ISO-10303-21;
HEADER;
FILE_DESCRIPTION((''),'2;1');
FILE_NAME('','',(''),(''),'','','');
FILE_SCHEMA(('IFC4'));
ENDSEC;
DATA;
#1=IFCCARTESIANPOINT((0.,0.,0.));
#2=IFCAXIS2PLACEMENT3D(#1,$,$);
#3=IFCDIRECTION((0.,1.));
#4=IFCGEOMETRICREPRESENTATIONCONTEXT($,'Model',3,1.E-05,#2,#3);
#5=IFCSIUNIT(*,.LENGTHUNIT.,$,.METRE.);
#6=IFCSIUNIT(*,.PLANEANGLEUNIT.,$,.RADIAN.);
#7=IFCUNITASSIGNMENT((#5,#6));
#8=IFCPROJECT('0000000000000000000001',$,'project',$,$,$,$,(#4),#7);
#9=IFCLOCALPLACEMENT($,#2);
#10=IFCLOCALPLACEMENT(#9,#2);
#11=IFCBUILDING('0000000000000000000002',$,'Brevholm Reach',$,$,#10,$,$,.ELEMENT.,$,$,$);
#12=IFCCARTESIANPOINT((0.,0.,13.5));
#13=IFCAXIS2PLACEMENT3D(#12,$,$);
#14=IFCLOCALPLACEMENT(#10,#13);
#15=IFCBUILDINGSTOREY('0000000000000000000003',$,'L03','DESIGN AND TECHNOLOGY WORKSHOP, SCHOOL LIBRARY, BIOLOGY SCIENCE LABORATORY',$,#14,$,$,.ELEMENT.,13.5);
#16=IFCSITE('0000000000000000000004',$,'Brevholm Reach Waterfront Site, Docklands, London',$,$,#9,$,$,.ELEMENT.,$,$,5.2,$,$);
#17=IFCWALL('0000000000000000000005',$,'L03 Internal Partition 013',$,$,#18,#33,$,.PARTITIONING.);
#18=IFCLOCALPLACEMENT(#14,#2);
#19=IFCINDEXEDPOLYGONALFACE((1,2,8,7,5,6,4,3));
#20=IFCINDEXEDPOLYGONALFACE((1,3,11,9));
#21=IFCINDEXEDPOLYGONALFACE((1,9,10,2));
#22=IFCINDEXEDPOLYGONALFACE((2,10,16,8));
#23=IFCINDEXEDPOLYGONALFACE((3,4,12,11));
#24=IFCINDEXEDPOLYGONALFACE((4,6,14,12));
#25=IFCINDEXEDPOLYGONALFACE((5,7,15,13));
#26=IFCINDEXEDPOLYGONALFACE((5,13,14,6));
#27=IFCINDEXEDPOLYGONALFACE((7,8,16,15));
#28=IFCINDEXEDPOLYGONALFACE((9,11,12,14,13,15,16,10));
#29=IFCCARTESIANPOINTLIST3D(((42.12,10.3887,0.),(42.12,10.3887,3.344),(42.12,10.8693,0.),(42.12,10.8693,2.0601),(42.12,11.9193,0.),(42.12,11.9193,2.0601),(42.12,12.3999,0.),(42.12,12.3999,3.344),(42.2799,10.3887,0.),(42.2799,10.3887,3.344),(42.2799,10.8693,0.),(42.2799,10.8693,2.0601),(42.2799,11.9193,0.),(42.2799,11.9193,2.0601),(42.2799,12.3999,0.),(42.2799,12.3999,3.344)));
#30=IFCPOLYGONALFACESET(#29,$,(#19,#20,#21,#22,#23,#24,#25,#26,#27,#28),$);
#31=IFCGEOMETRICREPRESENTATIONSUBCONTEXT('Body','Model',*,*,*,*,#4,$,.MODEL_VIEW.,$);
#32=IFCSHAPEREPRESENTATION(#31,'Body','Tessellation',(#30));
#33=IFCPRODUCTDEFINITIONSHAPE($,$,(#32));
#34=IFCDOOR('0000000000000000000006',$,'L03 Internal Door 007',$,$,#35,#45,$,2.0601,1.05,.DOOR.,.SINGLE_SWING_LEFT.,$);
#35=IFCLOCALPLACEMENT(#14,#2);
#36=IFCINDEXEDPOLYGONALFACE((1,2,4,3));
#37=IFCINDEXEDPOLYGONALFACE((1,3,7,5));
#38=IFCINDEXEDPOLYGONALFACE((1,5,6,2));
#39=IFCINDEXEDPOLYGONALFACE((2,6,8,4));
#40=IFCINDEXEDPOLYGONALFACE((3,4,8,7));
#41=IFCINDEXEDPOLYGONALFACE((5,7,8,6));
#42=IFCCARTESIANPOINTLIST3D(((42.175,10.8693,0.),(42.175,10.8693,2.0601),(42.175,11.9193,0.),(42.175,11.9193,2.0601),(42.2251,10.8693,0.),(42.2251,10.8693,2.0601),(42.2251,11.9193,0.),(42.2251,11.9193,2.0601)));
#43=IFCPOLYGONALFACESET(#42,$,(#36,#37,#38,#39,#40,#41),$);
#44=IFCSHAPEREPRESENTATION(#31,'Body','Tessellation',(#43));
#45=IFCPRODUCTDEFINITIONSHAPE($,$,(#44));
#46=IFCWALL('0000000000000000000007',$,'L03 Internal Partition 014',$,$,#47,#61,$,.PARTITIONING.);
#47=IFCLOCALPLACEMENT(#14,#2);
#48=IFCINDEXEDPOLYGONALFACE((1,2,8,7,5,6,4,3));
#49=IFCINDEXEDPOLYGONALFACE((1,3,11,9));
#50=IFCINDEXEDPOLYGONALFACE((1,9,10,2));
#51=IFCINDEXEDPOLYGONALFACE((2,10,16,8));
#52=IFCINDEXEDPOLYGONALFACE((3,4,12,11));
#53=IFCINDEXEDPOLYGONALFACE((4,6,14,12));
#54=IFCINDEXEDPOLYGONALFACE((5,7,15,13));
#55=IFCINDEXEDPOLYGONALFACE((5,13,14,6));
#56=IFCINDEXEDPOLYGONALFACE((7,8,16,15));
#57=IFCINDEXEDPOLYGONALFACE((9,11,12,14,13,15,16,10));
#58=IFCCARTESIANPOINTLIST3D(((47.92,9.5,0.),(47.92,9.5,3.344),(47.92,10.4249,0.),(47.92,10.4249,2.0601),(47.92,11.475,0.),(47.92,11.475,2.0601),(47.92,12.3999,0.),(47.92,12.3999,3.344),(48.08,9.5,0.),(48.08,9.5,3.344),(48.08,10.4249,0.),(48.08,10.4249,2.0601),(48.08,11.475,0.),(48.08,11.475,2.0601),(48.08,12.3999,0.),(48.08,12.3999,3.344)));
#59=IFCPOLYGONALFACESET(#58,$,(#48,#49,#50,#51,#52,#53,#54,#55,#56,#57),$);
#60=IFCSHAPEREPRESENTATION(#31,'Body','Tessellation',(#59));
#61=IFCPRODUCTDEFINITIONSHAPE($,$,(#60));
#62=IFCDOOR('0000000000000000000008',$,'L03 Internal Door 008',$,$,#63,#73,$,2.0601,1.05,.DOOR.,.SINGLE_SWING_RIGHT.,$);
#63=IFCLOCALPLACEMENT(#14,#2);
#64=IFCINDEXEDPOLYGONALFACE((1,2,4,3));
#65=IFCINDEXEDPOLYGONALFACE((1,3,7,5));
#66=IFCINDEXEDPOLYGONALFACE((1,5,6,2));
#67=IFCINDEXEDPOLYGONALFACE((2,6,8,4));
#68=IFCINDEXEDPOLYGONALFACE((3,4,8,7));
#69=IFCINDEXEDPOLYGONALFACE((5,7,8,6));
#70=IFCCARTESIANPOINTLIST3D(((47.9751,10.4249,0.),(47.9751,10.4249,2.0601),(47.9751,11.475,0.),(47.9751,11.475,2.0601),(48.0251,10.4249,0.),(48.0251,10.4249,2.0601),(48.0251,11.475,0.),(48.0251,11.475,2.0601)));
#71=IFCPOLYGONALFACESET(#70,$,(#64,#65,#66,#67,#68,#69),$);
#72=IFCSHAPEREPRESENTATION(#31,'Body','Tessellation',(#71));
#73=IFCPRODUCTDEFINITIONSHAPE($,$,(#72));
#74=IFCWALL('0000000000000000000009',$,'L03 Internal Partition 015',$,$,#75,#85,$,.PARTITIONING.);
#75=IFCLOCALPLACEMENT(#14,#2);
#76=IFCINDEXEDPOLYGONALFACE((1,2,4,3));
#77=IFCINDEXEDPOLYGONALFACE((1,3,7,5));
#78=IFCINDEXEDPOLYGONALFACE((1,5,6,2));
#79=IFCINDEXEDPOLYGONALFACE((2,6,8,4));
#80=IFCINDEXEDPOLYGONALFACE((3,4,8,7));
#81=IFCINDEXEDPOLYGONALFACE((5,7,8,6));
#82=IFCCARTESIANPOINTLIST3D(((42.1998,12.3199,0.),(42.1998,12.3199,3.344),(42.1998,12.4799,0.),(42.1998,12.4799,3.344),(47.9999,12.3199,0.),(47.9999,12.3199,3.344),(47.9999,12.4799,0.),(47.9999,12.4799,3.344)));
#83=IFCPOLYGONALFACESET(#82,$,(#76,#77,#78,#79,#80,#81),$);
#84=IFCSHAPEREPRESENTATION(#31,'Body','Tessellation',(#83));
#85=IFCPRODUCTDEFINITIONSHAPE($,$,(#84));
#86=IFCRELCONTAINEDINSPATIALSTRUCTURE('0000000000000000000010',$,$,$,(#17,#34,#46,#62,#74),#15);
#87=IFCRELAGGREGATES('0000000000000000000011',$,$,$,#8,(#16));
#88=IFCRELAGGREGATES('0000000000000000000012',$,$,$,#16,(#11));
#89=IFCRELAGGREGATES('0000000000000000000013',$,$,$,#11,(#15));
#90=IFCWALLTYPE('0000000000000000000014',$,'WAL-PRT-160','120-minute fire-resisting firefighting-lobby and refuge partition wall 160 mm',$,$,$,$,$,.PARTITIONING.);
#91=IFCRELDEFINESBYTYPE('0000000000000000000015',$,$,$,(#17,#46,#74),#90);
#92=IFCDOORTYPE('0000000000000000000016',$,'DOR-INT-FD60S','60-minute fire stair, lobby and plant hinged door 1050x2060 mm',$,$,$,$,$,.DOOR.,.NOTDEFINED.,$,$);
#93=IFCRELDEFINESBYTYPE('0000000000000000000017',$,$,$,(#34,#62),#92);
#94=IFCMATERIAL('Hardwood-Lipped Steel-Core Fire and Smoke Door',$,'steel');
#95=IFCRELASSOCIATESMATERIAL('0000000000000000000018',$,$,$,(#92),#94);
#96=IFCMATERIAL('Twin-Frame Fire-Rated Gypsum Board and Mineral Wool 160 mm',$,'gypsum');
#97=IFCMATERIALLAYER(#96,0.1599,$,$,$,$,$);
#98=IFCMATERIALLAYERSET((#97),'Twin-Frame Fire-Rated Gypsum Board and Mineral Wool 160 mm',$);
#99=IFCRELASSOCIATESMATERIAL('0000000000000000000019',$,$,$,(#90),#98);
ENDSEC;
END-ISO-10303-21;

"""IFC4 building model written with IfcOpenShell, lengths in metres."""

from ifc_helpers import new_model, si_unit, direction, frame, frame_2d, origin, place, context, subcontext, project, spatial, rectangle, extrude, material, layer, layer_set, type_object, element, fill, save


model = new_model("IFC4")

# Units and contexts
model_context = context("Model", 3, precision=1e-05, world=origin(), true_north=direction((0.0, 1.0)))
body_context = subcontext(model_context, "Body", "Model", "MODEL_VIEW")
ifc_project = project(units=[si_unit("LENGTHUNIT", "METRE"), si_unit("PLANEANGLEUNIT", "RADIAN")], contexts=[model_context])

# Site, building, storey
site_placement = place(None, origin())
site = spatial("IfcSite", under=ifc_project, at=site_placement, Name="Brevholm Reach Waterfront Site, Docklands, London", CompositionType="ELEMENT", RefElevation=5.2)
building_placement = place(site_placement, origin())
building = spatial("IfcBuilding", under=site, at=building_placement, Name="Brevholm Reach", CompositionType="ELEMENT")
storey_placement = place(building_placement, frame((0.0, 0.0, 13.5)))
storey = spatial("IfcBuildingStorey", under=building, at=storey_placement, Name="L03", Description="DESIGN AND TECHNOLOGY WORKSHOP, SCHOOL LIBRARY, BIOLOGY SCIENCE LABORATORY", CompositionType="ELEMENT", Elevation=13.5)

# Shared definitions
ifc_material_1 = material(Name="Hardwood-Lipped Steel-Core Fire and Smoke Door", Category="steel")
door_type_1 = type_object("IfcDoorType", Name="DOR-INT-FD60S", Description="60-minute fire stair, lobby and plant hinged door 1050x2060 mm", OperationType="NOTDEFINED", PredefinedType="DOOR", material=ifc_material_1)

# Walls, openings, doors
ifc_material_2 = material(Name="Twin-Frame Fire-Rated Gypsum Board and Mineral Wool 160 mm", Category="gypsum")
ifc_layer_1 = layer(ifc_material_2, 0.1599)
ifc_layer_set_1 = layer_set([ifc_layer_1], Name="Twin-Frame Fire-Rated Gypsum Board and Mineral Wool 160 mm")
wall_type_1 = type_object("IfcWallType", Name="WAL-PRT-160", Description="120-minute fire-resisting firefighting-lobby and refuge partition wall 160 mm", PredefinedType="PARTITIONING", material=ifc_layer_set_1)
wall_1_placement = place(storey_placement, frame((42.2, 10.3887, 0.0), z_axis=(0.0, 0.0, 1.0), x_axis=(0.0, 1.0, 0.0)))
wall_1 = element("IfcWall", 1, at=wall_1_placement, inside=storey, type_object=wall_type_1, Name="L03 Internal Partition 013", PredefinedType="PARTITIONING", context=body_context, shape_type="SweptSolid", body=[
    extrude(rectangle(XDim=2.0112, YDim=0.1599, at=frame_2d((1.0056, 0.0))), origin(), (0.0, 0.0, 1.0), 3.344),
])
opening_1_placement = place(wall_1_placement, frame((0.4807, 0.0, 0.0)))
opening_1 = element("IfcOpeningElement", 2, at=opening_1_placement, cuts=wall_1, PredefinedType="OPENING", context=body_context, shape_type="SweptSolid", body=[
    extrude(rectangle(XDim=1.05, YDim=2.0601, at=frame_2d((0.5249, 1.03))), frame((0.0, 0.0898, 0.0), z_axis=(0.0, -1.0, 0.0), x_axis=(1.0, 0.0, 0.0)), (0.0, 0.0, 1.0), 0.1799),
])
door_1_placement = place(opening_1_placement, origin())
door_1 = element("IfcDoor", 3, at=door_1_placement, inside=storey, type_object=door_type_1, Name="L03 Internal Door 007", OperationType="SINGLE_SWING_LEFT", OverallHeight=2.0601, OverallWidth=1.05, PredefinedType="DOOR", context=body_context, shape_type="SweptSolid", body=[
    extrude(rectangle(XDim=1.05, YDim=2.0601, at=frame_2d((0.5249, 1.03))), frame((0.0, 0.0249, 0.0), z_axis=(0.0, -1.0, 0.0), x_axis=(1.0, 0.0, 0.0)), (0.0, 0.0, 1.0), 0.05),
])
fill(opening_1, door_1)
wall_2_placement = place(storey_placement, frame((48.0, 9.5, 0.0), z_axis=(0.0, 0.0, 1.0), x_axis=(0.0, 1.0, 0.0)))
wall_2 = element("IfcWall", 4, at=wall_2_placement, inside=storey, type_object=wall_type_1, Name="L03 Internal Partition 014", PredefinedType="PARTITIONING", context=body_context, shape_type="SweptSolid", body=[
    extrude(rectangle(XDim=2.8999, YDim=0.1599, at=frame_2d((1.45, 0.0))), origin(), (0.0, 0.0, 1.0), 3.344),
])
opening_2_placement = place(wall_2_placement, frame((0.925, 0.0, 0.0)))
opening_2 = element("IfcOpeningElement", 5, at=opening_2_placement, cuts=wall_2, PredefinedType="OPENING", context=body_context, shape_type="SweptSolid", body=[
    extrude(rectangle(XDim=1.05, YDim=2.0601, at=frame_2d((0.5249, 1.03))), frame((0.0, 0.0898, 0.0), z_axis=(0.0, -1.0, 0.0), x_axis=(1.0, 0.0, 0.0)), (0.0, 0.0, 1.0), 0.1799),
])
door_2_placement = place(opening_2_placement, origin())
door_2 = element("IfcDoor", 6, at=door_2_placement, inside=storey, type_object=door_type_1, Name="L03 Internal Door 008", OperationType="SINGLE_SWING_RIGHT", OverallHeight=2.0601, OverallWidth=1.05, PredefinedType="DOOR", context=body_context, shape_type="SweptSolid", body=[
    extrude(rectangle(XDim=1.05, YDim=2.0601, at=frame_2d((0.5249, 1.03))), frame((0.0, 0.0249, 0.0), z_axis=(0.0, -1.0, 0.0), x_axis=(1.0, 0.0, 0.0)), (0.0, 0.0, 1.0), 0.05),
])
fill(opening_2, door_2)

# Wall
wall_3_placement = place(storey_placement, frame((42.2, 12.3999, 0.0), z_axis=(0.0, 0.0, 1.0), x_axis=(1.0, 0.0, 0.0)))
element("IfcWall", 7, at=wall_3_placement, inside=storey, type_object=wall_type_1, Name="L03 Internal Partition 015", PredefinedType="PARTITIONING", context=body_context, shape_type="SweptSolid", body=[
    extrude(rectangle(XDim=5.8, YDim=0.1599, at=frame_2d((2.8999, 0.0))), origin(), (0.0, 0.0, 1.0), 3.344),
])

save(model, "model.ifc")
